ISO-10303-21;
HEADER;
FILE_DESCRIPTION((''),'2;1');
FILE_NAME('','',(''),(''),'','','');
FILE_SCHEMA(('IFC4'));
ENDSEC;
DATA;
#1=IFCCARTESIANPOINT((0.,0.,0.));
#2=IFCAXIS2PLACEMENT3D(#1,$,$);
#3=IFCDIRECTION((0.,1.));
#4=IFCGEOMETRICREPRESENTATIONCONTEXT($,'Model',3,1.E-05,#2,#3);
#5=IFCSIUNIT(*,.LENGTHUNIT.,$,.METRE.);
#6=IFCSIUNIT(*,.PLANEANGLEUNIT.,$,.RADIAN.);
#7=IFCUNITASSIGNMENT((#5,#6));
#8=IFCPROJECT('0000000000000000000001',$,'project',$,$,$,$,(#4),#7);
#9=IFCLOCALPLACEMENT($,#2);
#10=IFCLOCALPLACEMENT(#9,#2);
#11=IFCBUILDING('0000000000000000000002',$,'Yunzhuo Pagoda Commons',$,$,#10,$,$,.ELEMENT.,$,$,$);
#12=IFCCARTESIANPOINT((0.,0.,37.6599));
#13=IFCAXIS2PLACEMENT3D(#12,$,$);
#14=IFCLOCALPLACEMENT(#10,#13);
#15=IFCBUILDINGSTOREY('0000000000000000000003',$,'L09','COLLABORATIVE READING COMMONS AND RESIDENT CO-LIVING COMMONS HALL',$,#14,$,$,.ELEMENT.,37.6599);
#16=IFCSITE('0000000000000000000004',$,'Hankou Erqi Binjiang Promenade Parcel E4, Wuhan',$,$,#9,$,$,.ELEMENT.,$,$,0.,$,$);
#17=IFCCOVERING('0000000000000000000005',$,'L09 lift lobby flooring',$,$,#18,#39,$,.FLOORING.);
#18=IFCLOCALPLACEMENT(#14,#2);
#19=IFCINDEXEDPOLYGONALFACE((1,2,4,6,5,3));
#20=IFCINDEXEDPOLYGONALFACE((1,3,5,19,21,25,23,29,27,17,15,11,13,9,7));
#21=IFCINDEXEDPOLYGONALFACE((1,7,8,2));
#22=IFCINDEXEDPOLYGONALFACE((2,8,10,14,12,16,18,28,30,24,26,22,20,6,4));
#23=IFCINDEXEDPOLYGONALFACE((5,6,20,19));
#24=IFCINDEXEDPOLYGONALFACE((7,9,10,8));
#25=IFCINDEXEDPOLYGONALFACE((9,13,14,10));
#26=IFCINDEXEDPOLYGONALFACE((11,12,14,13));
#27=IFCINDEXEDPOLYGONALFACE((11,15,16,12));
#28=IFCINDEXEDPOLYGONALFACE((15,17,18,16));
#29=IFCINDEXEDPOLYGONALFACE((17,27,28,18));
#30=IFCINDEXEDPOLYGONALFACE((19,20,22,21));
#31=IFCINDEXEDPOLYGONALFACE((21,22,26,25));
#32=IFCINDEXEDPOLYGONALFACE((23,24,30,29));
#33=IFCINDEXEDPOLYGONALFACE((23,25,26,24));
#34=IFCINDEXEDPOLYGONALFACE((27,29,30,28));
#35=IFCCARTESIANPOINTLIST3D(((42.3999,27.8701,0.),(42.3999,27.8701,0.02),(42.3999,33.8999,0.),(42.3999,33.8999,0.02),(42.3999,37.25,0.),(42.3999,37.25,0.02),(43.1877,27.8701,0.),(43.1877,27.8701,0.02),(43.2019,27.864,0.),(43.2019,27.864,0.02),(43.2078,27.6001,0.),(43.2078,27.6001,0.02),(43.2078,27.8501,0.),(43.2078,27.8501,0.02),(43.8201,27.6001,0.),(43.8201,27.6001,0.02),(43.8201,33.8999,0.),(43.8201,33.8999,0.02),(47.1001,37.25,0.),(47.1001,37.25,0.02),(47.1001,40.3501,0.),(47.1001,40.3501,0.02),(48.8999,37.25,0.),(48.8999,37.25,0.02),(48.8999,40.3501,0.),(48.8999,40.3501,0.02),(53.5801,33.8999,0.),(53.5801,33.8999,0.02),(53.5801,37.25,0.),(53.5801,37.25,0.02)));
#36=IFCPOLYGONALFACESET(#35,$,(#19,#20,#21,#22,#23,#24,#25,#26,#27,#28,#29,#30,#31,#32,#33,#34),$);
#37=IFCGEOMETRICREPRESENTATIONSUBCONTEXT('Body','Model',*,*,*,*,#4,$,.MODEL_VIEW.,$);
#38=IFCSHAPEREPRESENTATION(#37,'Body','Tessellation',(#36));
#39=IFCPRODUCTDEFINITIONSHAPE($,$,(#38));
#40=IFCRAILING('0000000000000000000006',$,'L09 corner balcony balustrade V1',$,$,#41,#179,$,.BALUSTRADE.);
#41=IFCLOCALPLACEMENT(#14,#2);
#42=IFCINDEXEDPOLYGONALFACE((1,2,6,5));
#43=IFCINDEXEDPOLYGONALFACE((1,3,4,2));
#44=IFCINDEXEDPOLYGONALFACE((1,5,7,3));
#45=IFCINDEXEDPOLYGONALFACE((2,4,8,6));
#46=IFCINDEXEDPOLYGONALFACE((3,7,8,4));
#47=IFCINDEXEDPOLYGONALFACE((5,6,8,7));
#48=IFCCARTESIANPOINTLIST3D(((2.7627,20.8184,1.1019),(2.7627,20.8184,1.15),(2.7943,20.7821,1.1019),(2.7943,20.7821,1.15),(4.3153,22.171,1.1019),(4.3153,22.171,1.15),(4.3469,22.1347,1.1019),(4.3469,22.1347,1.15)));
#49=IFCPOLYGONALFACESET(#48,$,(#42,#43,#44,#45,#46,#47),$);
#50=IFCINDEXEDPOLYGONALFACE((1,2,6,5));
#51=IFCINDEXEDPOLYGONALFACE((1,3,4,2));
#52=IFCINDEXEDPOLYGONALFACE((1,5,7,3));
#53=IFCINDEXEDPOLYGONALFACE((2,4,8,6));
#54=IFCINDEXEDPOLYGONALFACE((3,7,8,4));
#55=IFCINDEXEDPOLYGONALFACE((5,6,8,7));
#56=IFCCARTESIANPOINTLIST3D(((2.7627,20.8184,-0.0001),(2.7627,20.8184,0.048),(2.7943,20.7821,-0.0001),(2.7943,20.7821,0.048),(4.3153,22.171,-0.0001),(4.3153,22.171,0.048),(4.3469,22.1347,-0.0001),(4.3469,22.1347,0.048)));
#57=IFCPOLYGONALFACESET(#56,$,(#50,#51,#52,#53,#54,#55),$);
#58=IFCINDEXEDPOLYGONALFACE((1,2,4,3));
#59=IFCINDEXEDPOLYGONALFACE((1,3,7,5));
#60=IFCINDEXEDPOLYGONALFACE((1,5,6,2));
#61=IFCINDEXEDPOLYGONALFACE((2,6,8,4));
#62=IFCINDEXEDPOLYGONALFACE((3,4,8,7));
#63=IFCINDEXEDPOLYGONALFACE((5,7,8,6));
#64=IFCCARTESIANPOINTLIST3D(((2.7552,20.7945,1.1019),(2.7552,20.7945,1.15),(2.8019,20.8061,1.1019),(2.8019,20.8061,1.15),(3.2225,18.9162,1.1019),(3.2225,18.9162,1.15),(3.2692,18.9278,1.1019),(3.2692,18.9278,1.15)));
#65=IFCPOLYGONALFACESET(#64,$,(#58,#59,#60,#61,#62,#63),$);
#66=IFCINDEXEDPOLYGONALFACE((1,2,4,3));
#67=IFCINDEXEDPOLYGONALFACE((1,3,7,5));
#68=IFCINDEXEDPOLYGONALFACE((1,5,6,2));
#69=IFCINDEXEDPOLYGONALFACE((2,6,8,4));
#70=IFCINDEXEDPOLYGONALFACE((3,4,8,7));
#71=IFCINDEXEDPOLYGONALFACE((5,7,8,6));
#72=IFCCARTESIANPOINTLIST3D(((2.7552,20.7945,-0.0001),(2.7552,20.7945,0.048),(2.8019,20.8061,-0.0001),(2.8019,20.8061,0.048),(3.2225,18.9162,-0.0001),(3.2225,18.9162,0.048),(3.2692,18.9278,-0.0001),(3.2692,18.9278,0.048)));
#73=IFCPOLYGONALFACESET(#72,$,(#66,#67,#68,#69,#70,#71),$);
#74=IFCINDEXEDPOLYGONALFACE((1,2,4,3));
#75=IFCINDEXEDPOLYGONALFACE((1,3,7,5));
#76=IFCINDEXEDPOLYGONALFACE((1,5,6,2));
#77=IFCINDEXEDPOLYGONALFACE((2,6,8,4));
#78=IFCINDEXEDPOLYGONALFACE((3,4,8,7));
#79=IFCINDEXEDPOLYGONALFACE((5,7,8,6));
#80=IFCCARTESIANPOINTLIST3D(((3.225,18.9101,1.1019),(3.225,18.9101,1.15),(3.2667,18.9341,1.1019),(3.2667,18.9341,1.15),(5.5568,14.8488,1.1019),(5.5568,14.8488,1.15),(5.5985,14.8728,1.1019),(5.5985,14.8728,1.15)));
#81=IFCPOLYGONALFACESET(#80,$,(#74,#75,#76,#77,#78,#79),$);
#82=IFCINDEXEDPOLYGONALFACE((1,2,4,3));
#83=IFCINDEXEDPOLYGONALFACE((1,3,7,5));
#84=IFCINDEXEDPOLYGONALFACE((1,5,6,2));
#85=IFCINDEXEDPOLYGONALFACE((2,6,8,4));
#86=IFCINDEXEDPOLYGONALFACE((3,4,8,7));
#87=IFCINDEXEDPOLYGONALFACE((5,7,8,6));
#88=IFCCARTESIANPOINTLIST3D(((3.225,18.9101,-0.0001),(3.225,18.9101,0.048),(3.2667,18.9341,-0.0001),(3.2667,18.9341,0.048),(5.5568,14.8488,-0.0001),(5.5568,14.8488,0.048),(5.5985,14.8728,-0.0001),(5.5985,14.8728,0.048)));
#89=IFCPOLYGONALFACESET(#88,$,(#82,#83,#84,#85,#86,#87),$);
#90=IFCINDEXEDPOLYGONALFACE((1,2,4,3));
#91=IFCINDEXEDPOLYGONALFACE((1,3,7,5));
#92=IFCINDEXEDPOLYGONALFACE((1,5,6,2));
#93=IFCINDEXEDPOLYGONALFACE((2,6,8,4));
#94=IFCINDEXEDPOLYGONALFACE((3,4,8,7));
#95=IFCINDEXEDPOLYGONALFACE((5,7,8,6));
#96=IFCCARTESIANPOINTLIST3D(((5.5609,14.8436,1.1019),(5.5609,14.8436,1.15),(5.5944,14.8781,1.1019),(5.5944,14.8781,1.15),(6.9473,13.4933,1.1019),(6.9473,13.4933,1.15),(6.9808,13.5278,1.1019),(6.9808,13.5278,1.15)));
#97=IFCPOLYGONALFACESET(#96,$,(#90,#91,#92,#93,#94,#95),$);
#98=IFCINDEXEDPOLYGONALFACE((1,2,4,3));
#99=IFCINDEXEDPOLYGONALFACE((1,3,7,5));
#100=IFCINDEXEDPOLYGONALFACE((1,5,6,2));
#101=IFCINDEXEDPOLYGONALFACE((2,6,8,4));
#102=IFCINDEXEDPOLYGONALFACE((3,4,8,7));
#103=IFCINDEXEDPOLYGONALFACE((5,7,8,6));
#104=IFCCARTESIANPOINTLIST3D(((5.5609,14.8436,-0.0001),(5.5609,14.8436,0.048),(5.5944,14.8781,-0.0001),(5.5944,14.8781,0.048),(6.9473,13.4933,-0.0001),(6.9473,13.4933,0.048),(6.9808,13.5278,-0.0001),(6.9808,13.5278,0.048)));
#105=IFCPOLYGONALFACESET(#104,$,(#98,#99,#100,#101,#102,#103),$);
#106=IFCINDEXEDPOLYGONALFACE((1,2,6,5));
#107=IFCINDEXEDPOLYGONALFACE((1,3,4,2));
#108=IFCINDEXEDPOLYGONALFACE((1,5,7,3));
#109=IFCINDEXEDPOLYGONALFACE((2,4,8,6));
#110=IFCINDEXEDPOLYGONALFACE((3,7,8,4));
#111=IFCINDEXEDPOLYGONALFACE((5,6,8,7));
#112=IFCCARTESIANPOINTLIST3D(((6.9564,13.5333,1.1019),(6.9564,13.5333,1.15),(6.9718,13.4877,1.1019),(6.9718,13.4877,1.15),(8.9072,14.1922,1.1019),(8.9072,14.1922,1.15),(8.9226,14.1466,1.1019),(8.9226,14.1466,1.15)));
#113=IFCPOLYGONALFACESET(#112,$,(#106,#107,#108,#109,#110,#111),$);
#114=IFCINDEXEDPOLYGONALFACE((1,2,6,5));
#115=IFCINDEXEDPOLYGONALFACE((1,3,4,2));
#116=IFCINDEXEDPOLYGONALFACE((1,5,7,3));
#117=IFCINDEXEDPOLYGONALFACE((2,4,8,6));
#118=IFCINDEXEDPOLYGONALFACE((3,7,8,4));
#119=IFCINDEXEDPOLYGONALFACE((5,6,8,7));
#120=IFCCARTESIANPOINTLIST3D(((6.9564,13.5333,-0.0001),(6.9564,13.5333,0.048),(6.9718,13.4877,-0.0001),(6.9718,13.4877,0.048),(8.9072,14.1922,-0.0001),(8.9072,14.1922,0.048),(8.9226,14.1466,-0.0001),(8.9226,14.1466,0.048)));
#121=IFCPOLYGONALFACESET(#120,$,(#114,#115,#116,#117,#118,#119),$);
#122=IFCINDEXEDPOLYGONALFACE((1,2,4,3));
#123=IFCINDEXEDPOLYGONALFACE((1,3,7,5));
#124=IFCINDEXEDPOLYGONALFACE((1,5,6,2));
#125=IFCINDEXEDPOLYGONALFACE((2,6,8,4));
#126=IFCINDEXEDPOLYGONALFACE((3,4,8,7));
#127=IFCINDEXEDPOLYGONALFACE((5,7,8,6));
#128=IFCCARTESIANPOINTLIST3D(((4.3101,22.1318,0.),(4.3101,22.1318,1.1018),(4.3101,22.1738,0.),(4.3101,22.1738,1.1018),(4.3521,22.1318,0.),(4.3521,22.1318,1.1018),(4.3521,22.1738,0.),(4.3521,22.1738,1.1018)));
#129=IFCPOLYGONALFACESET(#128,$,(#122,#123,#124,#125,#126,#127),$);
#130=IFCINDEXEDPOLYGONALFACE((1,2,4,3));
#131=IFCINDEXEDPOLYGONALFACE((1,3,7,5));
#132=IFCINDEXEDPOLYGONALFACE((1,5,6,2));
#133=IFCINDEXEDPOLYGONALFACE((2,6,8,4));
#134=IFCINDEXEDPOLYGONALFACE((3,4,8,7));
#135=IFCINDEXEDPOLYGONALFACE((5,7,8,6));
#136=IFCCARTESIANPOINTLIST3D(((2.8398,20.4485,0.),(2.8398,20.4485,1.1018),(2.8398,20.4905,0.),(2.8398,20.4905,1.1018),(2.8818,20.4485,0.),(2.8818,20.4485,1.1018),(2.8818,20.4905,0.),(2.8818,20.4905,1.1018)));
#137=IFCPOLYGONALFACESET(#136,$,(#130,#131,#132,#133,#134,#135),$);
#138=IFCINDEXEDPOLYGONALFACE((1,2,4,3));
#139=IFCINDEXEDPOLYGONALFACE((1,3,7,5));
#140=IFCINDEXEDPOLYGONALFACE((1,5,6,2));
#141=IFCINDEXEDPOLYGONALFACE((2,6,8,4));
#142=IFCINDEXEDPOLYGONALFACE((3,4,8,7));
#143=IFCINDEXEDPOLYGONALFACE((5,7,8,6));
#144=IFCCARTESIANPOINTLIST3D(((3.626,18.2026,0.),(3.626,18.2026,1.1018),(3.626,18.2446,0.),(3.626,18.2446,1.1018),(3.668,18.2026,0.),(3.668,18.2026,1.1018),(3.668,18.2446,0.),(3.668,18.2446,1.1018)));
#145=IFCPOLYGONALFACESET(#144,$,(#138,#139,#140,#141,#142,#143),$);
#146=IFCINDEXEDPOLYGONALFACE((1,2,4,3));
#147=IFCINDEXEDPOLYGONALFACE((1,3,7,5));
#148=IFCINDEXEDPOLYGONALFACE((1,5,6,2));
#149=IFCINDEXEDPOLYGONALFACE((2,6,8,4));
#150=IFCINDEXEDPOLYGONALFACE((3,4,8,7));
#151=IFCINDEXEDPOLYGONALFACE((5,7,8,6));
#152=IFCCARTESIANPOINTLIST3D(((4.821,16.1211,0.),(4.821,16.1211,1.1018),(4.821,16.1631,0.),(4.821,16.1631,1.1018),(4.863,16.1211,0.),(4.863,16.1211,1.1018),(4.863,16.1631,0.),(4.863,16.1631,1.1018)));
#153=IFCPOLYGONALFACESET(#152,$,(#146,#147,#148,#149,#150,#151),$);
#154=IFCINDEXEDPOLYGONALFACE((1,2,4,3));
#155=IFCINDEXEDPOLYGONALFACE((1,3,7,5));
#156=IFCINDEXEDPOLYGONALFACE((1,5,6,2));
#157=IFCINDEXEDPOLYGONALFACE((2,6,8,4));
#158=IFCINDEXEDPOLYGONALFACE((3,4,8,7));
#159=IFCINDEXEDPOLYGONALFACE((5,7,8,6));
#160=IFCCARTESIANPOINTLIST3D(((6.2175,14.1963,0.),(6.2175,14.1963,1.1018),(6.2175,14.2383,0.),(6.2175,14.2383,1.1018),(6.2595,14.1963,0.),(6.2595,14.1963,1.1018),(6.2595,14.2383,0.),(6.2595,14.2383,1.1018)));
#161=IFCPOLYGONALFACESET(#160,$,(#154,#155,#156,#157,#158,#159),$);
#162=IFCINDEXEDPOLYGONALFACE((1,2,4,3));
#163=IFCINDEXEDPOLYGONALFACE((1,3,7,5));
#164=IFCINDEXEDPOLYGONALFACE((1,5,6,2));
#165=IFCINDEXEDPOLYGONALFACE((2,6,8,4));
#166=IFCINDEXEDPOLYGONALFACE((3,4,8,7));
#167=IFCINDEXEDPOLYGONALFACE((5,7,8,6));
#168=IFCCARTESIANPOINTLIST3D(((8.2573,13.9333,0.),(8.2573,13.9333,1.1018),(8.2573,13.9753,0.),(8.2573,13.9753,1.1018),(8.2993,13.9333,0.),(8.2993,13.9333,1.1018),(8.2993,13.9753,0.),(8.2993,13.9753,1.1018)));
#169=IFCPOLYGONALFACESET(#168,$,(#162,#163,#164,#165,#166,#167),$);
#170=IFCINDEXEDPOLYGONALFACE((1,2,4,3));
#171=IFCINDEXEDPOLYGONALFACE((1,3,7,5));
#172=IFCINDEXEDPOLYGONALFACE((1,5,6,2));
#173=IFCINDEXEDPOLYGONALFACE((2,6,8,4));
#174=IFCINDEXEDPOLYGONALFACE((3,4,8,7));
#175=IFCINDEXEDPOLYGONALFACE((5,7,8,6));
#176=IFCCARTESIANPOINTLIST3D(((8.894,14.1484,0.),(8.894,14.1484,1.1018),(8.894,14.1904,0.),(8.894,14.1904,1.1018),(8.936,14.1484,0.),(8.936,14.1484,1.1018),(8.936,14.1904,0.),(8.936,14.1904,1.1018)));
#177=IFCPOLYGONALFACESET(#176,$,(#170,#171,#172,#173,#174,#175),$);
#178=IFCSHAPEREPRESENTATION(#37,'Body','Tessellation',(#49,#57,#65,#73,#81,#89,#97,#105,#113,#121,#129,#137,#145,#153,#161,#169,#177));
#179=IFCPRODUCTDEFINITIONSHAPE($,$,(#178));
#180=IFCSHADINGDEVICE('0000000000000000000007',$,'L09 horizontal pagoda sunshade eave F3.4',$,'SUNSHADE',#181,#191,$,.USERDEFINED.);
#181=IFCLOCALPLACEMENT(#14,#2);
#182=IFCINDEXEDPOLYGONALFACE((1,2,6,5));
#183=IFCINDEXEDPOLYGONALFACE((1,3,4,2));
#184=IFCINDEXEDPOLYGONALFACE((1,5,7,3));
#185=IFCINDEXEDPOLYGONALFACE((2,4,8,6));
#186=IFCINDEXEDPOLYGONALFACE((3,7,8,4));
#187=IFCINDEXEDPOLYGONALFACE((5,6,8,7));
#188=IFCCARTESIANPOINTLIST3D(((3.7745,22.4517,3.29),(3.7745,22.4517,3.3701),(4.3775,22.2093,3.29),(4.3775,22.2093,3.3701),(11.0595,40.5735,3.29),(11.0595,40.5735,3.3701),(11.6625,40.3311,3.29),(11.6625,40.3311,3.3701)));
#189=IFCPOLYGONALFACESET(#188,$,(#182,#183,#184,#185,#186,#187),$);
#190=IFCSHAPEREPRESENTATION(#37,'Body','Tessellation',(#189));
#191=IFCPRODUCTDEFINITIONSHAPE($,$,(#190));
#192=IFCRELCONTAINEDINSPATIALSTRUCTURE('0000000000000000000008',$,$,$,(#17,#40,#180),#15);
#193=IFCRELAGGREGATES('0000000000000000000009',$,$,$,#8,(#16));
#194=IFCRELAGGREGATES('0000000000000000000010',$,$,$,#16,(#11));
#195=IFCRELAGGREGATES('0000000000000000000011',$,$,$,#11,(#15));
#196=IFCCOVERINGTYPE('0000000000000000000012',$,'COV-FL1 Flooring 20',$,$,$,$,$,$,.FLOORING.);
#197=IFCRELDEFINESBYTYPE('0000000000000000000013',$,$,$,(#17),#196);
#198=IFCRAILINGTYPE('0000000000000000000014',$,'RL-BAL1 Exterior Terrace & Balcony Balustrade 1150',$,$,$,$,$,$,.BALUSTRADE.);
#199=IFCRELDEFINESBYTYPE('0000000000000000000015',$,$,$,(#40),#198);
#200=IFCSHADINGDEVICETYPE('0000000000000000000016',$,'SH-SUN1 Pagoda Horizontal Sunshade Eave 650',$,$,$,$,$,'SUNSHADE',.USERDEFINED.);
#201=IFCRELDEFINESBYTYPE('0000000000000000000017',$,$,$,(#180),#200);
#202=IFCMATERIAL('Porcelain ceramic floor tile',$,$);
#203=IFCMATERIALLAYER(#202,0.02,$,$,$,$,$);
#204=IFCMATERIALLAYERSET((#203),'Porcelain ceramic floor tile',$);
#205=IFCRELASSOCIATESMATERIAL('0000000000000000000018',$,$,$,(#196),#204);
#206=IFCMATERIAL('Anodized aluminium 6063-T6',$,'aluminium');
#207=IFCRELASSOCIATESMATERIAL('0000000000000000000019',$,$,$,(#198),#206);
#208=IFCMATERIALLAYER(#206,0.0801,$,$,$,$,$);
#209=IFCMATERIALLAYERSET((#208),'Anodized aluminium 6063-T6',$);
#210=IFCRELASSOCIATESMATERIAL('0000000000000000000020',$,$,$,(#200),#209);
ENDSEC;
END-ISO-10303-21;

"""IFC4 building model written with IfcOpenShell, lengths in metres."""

from ifc_helpers import new_model, si_unit, direction, frame, origin, origin_2d, place, context, subcontext, project, spatial, polyline, rectangle, outline, extrude, source, transform, mapped, material, layer, layer_set, type_object, element, save


model = new_model("IFC4")

# Units and contexts
model_context = context("Model", 3, precision=1e-05, world=origin(), true_north=direction((0.0, 1.0)))
body_context = subcontext(model_context, "Body", "Model", "MODEL_VIEW")
ifc_project = project(units=[si_unit("LENGTHUNIT", "METRE"), si_unit("PLANEANGLEUNIT", "RADIAN")], contexts=[model_context])

# Site, building, storey
site_placement = place(None, origin())
site = spatial("IfcSite", under=ifc_project, at=site_placement, Name="Hankou Erqi Binjiang Promenade Parcel E4, Wuhan", CompositionType="ELEMENT", RefElevation=0.0)
building_placement = place(site_placement, origin())
building = spatial("IfcBuilding", under=site, at=building_placement, Name="Yunzhuo Pagoda Commons", CompositionType="ELEMENT")
storey_placement = place(building_placement, frame((0.0, 0.0, 37.6599)))
storey = spatial("IfcBuildingStorey", under=building, at=storey_placement, Name="L09", Description="COLLABORATIVE READING COMMONS AND RESIDENT CO-LIVING COMMONS HALL", CompositionType="ELEMENT", Elevation=37.6599)

# Shared definitions
ifc_material_1 = material(Name="Anodized aluminium 6063-T6", Category="aluminium")

# Covering
ifc_material_2 = material(Name="Porcelain ceramic floor tile")
ifc_layer_1 = layer(ifc_material_2, 0.02)
ifc_layer_set_1 = layer_set([ifc_layer_1], Name="Porcelain ceramic floor tile")
covering_type_1 = type_object("IfcCoveringType", Name="COV-FL1 Flooring 20", PredefinedType="FLOORING", material=ifc_layer_set_1)
covering_1_placement = place(storey_placement, origin())
element("IfcCovering", 1, at=covering_1_placement, inside=storey, type_object=covering_type_1, Name="L09 lift lobby flooring", PredefinedType="FLOORING", context=body_context, shape_type="SweptSolid", body=[
    extrude(outline(polyline([(43.2078, 27.8501), (43.2019, 27.864), (43.1877, 27.8701), (42.3999, 27.8701), (42.3999, 33.8999), (42.3999, 37.25), (47.1001, 37.25), (47.1001, 40.3501), (48.8999, 40.3501), (48.8999, 37.25), (53.5801, 37.25), (53.5801, 33.8999), (43.8201, 33.8999), (43.8201, 27.6001), (43.2078, 27.6001), (43.2078, 27.8501)])), origin(), (0.0, 0.0, 1.0), 0.02),
])

# Railing
railing_type = type_object("IfcRailingType", Name="RL-BAL1 Exterior Terrace & Balcony Balustrade 1150", PredefinedType="BALUSTRADE", material=ifc_material_1)
railing_placement = place(storey_placement, frame((4.3311, 22.1528, 0.0)))
element("IfcRailing", 2, at=railing_placement, inside=storey, type_object=railing_type, Name="L09 corner balcony balustrade V1", PredefinedType="BALUSTRADE", context=body_context, shape_type="SweptSolid", body=[
    extrude(rectangle(XDim=0.0481, YDim=0.0481, at=origin_2d()), frame((0.0, 0.0, 1.126), z_axis=(-0.753993, -0.656883, 0.0), x_axis=(0.656883, -0.753993, 0.0)), (0.0, 0.0, 1.0), 2.0591),
    extrude(rectangle(XDim=0.0481, YDim=0.0481, at=origin_2d()), frame((0.0, 0.0, 0.0239), z_axis=(-0.753993, -0.656883, 0.0), x_axis=(0.656883, -0.753993, 0.0)), (0.0, 0.0, 1.0), 2.0591),
    extrude(rectangle(XDim=0.0481, YDim=0.0481, at=origin_2d()), frame((-1.5525, -1.3525, 1.126), z_axis=(0.241437, -0.970416, 0.0), x_axis=(0.970416, 0.241437, 0.0)), (0.0, 0.0, 1.0), 1.9355),
    extrude(rectangle(XDim=0.0481, YDim=0.0481, at=origin_2d()), frame((-1.5525, -1.3525, 0.0239), z_axis=(0.241437, -0.970416, 0.0), x_axis=(0.970416, 0.241437, 0.0)), (0.0, 0.0, 1.0), 1.9355),
    extrude(rectangle(XDim=0.0481, YDim=0.0481, at=origin_2d()), frame((-1.0852, -3.2307, 1.126), z_axis=(0.497918, -0.867224, 0.0), x_axis=(0.867224, 0.497918, 0.0)), (0.0, 0.0, 1.0), 4.6831),
    extrude(rectangle(XDim=0.0481, YDim=0.0481, at=origin_2d()), frame((-1.0852, -3.2307, 0.0239), z_axis=(0.497918, -0.867224, 0.0), x_axis=(0.867224, 0.497918, 0.0)), (0.0, 0.0, 1.0), 4.6831),
    extrude(rectangle(XDim=0.0481, YDim=0.0481, at=origin_2d()), frame((1.2466, -7.292, 1.126), z_axis=(0.71638, -0.69771, 0.0), x_axis=(0.69771, 0.71638, 0.0)), (0.0, 0.0, 1.0), 1.9353),
    extrude(rectangle(XDim=0.0481, YDim=0.0481, at=origin_2d()), frame((1.2466, -7.292, 0.0239), z_axis=(0.71638, -0.69771, 0.0), x_axis=(0.69771, 0.71638, 0.0)), (0.0, 0.0, 1.0), 1.9353),
    extrude(rectangle(XDim=0.0481, YDim=0.0481, at=origin_2d()), frame((2.6331, -8.6423, 1.126), z_axis=(0.947419, 0.319996, 0.0), x_axis=(-0.319996, 0.947419, 0.0)), (0.0, 0.0, 1.0), 2.0591),
    extrude(rectangle(XDim=0.0481, YDim=0.0481, at=origin_2d()), frame((2.6331, -8.6423, 0.0239), z_axis=(0.947419, 0.319996, 0.0), x_axis=(-0.319996, 0.947419, 0.0)), (0.0, 0.0, 1.0), 2.0591),
    extrude(rectangle(XDim=0.042, YDim=0.042, at=origin_2d()), origin(), (0.0, 0.0, 1.0), 1.1018),
    extrude(rectangle(XDim=0.042, YDim=0.042, at=origin_2d()), frame((-1.4702, -1.6833, 0.0)), (0.0, 0.0, 1.0), 1.1018),
    extrude(rectangle(XDim=0.042, YDim=0.042, at=origin_2d()), frame((-0.6841, -3.9292, 0.0)), (0.0, 0.0, 1.0), 1.1018),
    extrude(rectangle(XDim=0.042, YDim=0.042, at=origin_2d()), frame((0.511, -6.0107, 0.0)), (0.0, 0.0, 1.0), 1.1018),
    extrude(rectangle(XDim=0.042, YDim=0.042, at=origin_2d()), frame((1.9075, -7.9355, 0.0)), (0.0, 0.0, 1.0), 1.1018),
    extrude(rectangle(XDim=0.042, YDim=0.042, at=origin_2d()), frame((3.9473, -8.1985, 0.0)), (0.0, 0.0, 1.0), 1.1018),
    extrude(rectangle(XDim=0.042, YDim=0.042, at=origin_2d()), frame((4.584, -7.9834, 0.0)), (0.0, 0.0, 1.0), 1.1018),
])

# Shading device
ifc_layer_2 = layer(ifc_material_1, 0.0801)
ifc_layer_set_2 = layer_set([ifc_layer_2], Name="Anodized aluminium 6063-T6")
shading_device_type = type_object("IfcShadingDeviceType", Name="SH-SUN1 Pagoda Horizontal Sunshade Eave 650", ElementType="SUNSHADE", PredefinedType="USERDEFINED", material=ifc_layer_set_2)
shared_shape_1 = source(origin(), body_context, "Body", "SweptSolid", [
    extrude(rectangle(XDim=19.5312, YDim=0.6499, at=origin_2d()), origin(), (0.0, 0.0, 1.0), 0.0801),
])
shading_device_placement = place(storey_placement, frame((7.7185, 31.3914, 3.29), z_axis=(0.0, 0.0, 1.0), x_axis=(-0.372988, -0.927836, 0.0)))
element("IfcShadingDevice", 3, at=shading_device_placement, inside=storey, type_object=shading_device_type, Name="L09 horizontal pagoda sunshade eave F3.4", ObjectType="SUNSHADE", PredefinedType="USERDEFINED", context=body_context, shape_type="MappedRepresentation", body=[
    mapped(shared_shape_1, transform((0.0, 0.0, 0.0), scale=1.0)),
])

save(model, "model.ifc")
